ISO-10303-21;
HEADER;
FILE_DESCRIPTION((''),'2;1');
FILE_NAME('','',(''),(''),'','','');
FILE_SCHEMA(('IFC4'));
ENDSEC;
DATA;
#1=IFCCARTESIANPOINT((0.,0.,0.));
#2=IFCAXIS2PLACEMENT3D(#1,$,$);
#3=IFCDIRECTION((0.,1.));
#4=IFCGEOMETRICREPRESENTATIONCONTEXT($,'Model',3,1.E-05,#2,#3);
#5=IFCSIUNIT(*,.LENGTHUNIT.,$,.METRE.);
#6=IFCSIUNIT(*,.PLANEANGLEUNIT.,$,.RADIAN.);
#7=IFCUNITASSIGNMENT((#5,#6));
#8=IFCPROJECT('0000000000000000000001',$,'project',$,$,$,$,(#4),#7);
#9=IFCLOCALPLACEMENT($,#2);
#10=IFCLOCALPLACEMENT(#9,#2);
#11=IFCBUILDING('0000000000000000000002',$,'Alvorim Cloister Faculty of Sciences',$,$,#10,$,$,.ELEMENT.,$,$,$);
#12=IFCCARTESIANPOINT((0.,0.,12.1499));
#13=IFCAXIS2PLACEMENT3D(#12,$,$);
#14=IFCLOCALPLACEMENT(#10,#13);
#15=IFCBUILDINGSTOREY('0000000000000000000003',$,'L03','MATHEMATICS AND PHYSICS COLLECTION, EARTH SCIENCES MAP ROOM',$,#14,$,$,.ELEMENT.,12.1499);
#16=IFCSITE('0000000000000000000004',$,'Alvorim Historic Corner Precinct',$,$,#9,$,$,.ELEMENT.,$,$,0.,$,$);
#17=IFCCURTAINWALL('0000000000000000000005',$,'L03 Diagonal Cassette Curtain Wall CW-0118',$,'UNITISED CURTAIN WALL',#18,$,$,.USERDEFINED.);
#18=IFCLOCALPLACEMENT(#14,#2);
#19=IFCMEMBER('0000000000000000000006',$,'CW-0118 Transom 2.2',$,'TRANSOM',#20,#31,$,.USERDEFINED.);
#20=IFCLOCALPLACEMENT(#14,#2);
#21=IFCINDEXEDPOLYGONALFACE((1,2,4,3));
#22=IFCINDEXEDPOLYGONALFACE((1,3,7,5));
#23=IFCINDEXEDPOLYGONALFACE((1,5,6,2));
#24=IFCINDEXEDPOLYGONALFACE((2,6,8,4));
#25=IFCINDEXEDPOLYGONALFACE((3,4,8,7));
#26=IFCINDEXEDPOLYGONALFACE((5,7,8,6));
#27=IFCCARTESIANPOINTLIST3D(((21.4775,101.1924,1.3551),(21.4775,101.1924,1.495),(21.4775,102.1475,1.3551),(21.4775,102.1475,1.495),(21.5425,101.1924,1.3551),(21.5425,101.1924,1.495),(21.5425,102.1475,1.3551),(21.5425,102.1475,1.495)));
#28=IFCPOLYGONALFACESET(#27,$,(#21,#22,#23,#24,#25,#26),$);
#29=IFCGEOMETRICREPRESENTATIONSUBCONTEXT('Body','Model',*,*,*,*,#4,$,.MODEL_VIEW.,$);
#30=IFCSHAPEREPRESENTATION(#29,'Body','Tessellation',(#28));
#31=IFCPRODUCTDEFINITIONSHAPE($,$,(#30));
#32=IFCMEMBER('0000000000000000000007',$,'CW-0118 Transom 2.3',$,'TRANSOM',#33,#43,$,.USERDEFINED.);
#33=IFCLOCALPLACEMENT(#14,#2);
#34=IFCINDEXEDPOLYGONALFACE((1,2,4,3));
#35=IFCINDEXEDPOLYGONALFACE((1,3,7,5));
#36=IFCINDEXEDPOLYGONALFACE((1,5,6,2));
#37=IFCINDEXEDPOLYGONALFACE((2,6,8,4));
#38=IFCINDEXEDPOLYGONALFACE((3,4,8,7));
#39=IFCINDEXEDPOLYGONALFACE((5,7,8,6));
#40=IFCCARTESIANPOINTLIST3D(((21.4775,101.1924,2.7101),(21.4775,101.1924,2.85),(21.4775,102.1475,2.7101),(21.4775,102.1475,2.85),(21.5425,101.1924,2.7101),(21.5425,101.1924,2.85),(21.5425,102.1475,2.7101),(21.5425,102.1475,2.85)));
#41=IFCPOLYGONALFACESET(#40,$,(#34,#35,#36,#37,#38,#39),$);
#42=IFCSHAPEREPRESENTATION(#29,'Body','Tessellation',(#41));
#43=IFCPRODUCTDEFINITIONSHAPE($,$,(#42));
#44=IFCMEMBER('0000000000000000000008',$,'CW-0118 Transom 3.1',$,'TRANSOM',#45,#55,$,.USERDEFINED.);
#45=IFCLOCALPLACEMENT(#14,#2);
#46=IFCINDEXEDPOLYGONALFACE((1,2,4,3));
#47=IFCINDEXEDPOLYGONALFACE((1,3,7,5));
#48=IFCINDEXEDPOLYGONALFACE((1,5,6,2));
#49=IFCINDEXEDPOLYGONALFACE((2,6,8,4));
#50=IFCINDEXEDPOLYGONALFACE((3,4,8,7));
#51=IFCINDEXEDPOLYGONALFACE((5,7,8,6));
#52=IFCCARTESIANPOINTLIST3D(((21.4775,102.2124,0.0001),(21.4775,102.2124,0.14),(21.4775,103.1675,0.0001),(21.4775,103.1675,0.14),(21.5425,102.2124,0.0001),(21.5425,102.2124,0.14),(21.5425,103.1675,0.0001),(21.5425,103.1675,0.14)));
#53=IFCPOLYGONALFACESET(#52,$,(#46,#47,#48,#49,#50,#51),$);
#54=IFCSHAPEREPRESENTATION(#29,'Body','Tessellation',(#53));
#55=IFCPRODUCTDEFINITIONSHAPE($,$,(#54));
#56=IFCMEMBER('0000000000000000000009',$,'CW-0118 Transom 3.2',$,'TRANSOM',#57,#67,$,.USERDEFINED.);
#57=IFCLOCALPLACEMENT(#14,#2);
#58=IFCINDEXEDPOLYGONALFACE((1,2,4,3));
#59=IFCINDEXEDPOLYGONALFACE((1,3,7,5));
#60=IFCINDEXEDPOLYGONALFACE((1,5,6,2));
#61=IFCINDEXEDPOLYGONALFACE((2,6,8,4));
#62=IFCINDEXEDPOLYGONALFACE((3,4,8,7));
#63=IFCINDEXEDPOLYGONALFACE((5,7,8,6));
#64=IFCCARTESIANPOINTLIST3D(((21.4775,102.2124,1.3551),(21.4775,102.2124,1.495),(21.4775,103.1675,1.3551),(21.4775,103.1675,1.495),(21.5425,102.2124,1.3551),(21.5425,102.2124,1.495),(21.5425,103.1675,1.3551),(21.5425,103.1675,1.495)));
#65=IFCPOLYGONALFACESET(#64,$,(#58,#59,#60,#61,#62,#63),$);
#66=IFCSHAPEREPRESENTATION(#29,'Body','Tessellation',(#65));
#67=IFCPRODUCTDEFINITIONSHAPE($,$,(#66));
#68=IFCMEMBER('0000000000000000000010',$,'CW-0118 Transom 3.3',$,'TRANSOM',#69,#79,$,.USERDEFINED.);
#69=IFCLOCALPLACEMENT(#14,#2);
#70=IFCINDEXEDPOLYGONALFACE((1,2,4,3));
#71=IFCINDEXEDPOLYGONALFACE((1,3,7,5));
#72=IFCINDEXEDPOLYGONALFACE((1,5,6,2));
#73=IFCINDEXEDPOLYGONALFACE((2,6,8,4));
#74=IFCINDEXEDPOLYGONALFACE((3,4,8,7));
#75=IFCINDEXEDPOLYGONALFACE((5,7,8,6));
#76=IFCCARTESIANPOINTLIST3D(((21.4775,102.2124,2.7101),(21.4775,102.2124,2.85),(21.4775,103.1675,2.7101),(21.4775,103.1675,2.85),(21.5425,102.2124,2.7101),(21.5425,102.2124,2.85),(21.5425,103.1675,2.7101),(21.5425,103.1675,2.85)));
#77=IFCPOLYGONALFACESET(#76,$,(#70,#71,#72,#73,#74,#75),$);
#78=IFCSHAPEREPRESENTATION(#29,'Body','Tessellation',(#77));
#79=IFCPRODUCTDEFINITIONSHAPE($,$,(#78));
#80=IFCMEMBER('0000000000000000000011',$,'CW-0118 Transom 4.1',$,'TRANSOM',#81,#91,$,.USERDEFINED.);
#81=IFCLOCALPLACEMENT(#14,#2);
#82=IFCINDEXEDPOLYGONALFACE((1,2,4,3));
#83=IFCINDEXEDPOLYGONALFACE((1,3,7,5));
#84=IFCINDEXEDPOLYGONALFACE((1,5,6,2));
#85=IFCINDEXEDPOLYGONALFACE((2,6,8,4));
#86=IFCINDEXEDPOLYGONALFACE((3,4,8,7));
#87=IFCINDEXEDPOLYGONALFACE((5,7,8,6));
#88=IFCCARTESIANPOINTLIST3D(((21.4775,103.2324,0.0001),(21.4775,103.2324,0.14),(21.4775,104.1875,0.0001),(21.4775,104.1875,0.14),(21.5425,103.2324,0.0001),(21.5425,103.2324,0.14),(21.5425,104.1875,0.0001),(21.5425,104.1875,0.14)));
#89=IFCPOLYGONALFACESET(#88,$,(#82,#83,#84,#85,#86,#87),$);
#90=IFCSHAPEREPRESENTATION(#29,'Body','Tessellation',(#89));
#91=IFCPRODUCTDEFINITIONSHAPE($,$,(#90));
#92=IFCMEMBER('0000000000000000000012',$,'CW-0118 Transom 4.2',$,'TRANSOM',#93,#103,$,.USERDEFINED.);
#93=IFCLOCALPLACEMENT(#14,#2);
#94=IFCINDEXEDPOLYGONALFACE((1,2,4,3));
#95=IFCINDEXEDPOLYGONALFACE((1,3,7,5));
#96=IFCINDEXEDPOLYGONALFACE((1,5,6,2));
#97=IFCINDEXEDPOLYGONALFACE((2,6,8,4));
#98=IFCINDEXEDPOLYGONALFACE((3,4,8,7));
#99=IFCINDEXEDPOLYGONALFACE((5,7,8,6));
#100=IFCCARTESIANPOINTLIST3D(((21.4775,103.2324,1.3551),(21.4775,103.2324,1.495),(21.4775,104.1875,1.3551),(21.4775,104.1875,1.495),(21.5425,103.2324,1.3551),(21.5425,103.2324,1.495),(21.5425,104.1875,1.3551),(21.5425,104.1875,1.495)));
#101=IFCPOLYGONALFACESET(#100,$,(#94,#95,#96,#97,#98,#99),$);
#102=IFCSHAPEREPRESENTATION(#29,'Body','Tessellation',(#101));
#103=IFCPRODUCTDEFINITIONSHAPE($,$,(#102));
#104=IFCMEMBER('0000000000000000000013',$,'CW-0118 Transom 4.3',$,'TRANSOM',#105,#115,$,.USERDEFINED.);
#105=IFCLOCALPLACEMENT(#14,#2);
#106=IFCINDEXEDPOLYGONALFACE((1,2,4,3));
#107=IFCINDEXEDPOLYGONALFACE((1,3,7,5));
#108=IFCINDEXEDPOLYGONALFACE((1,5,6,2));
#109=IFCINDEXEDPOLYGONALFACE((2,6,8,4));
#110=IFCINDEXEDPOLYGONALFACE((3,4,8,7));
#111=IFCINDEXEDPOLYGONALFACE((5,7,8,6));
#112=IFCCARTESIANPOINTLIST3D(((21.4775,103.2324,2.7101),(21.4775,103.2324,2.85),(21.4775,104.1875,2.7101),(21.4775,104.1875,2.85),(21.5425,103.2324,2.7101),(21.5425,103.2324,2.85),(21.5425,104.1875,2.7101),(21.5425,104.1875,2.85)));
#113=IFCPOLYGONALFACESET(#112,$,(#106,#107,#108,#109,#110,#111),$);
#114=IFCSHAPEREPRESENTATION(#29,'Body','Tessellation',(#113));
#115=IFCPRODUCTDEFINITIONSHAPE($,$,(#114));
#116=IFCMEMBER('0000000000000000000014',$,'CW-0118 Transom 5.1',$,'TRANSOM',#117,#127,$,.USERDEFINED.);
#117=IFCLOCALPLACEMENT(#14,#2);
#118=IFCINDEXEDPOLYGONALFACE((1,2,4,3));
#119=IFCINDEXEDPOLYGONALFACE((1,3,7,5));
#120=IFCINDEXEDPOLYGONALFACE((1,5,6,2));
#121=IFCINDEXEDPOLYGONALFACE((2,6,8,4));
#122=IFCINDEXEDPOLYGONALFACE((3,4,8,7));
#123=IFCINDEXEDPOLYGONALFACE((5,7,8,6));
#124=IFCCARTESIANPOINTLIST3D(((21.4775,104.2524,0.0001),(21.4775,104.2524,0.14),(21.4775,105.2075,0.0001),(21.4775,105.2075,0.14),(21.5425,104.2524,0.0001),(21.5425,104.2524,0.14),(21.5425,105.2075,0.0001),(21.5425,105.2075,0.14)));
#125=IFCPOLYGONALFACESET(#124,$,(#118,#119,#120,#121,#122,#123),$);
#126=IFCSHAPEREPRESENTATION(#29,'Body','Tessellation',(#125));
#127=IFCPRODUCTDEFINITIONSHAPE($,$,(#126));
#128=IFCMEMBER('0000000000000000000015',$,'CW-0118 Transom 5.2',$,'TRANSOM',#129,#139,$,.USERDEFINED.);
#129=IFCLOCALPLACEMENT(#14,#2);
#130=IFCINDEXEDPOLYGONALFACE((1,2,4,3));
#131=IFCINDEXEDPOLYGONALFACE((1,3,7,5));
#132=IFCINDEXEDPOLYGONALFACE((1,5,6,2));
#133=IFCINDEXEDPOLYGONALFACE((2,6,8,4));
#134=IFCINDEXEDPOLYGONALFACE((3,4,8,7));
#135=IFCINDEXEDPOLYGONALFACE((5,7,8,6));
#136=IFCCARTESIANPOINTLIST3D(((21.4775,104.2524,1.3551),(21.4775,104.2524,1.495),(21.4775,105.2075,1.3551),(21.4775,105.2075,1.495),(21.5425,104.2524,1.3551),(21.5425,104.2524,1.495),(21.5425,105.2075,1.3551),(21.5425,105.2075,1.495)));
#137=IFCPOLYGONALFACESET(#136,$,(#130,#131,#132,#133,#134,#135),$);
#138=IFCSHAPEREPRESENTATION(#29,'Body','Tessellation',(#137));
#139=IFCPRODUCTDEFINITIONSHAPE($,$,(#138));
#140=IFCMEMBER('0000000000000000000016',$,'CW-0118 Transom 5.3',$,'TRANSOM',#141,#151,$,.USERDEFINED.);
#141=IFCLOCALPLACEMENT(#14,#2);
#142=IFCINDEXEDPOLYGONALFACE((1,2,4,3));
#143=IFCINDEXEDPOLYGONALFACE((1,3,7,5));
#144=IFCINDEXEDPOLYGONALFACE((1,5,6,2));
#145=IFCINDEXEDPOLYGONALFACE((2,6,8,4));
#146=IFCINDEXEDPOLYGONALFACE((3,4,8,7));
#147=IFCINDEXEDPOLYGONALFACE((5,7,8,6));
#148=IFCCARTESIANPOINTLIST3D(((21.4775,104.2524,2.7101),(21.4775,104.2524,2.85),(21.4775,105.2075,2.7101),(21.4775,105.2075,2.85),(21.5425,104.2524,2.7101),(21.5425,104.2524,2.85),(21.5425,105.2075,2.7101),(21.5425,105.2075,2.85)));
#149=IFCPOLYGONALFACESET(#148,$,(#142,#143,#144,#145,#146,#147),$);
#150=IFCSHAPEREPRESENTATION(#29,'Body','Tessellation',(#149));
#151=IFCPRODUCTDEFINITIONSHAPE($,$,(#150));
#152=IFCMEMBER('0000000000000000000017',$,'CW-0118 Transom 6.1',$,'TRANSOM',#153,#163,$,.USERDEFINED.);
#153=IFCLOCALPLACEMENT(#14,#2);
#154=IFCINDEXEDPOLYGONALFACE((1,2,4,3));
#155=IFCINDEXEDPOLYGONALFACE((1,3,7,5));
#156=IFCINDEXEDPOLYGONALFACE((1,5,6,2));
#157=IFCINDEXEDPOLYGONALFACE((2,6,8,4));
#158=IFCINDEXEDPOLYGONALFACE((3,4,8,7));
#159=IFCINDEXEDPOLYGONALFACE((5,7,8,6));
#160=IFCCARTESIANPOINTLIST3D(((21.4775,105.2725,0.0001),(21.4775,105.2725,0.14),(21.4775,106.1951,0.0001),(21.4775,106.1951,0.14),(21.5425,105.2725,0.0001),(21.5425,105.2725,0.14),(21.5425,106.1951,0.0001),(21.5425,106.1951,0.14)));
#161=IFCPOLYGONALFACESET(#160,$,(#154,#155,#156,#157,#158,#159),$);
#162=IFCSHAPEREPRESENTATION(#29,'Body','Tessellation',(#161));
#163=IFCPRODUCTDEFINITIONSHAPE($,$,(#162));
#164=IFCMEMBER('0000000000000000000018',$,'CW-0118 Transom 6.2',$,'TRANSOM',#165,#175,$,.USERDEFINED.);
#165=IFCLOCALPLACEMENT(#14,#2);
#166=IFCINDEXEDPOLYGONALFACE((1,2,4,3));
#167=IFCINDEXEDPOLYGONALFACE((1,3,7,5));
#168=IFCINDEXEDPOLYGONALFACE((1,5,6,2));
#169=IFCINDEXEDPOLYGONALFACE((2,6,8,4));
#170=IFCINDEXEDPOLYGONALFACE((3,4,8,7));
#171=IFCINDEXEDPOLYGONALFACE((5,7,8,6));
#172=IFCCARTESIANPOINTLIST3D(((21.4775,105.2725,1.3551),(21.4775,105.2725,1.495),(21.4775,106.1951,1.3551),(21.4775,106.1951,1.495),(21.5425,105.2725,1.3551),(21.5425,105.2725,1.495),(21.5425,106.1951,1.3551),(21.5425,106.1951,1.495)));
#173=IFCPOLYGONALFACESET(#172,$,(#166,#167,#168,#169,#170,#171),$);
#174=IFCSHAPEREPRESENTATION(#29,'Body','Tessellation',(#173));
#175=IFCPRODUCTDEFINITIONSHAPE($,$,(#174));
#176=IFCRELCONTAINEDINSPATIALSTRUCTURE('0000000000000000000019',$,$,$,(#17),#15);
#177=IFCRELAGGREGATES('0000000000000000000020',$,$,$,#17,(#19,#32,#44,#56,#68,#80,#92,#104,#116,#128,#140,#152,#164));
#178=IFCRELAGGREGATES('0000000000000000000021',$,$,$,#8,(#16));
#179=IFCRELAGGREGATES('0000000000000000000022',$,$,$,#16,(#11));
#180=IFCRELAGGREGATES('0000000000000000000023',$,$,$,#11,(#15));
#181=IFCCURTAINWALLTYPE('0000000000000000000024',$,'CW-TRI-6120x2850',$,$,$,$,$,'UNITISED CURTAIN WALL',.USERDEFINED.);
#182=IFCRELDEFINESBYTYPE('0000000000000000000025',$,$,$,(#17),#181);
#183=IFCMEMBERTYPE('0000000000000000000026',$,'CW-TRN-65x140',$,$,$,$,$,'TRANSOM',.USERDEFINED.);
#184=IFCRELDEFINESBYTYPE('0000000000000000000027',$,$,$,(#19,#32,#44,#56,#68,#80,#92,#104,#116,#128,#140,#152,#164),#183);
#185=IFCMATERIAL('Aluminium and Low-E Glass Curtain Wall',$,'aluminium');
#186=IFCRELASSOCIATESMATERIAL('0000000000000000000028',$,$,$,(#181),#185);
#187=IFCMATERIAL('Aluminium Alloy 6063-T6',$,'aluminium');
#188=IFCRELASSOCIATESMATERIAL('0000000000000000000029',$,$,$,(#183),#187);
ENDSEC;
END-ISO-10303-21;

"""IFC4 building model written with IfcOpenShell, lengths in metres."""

from ifc_helpers import new_model, si_unit, direction, frame, origin, origin_2d, place, context, subcontext, project, spatial, rectangle, extrude, material, material_profile, profile_set, type_object, element, aggregate, save


model = new_model("IFC4")

# Units and contexts
model_context = context("Model", 3, precision=1e-05, world=origin(), true_north=direction((0.0, 1.0)))
body_context = subcontext(model_context, "Body", "Model", "MODEL_VIEW")
ifc_project = project(units=[si_unit("LENGTHUNIT", "METRE"), si_unit("PLANEANGLEUNIT", "RADIAN")], contexts=[model_context])

# Site, building, storey
site_placement = place(None, origin())
site = spatial("IfcSite", under=ifc_project, at=site_placement, Name="Alvorim Historic Corner Precinct", CompositionType="ELEMENT", RefElevation=0.0)
building_placement = place(site_placement, origin())
building = spatial("IfcBuilding", under=site, at=building_placement, Name="Alvorim Cloister Faculty of Sciences", CompositionType="ELEMENT")
storey_placement = place(building_placement, frame((0.0, 0.0, 12.1499)))
storey = spatial("IfcBuildingStorey", under=building, at=storey_placement, Name="L03", Description="MATHEMATICS AND PHYSICS COLLECTION, EARTH SCIENCES MAP ROOM", CompositionType="ELEMENT", Elevation=12.1499)

# Curtain wall, members
ifc_material_1 = material(Name="Aluminium and Low-E Glass Curtain Wall", Category="aluminium")
curtain_wall_type = type_object("IfcCurtainWallType", Name="CW-TRI-6120x2850", ElementType="UNITISED CURTAIN WALL", PredefinedType="USERDEFINED", material=ifc_material_1)
curtain_wall_placement = place(storey_placement, origin())
curtain_wall = element("IfcCurtainWall", 1, at=curtain_wall_placement, inside=storey, type_object=curtain_wall_type, Name="L03 Diagonal Cassette Curtain Wall CW-0118", ObjectType="UNITISED CURTAIN WALL", PredefinedType="USERDEFINED")
ifc_material_2 = material(Name="Aluminium Alloy 6063-T6", Category="aluminium")
ifc_material_profile_1 = material_profile(ifc_material_2, rectangle(XDim=0.0649, YDim=0.1399, at=origin_2d()), Name="ALU-TRN-65x140")
ifc_profile_set_1 = profile_set([ifc_material_profile_1], Name="Aluminium Alloy 6063-T6")
member_type_1 = type_object("IfcMemberType", Name="CW-TRN-65x140", ElementType="TRANSOM", PredefinedType="USERDEFINED", material=ifc_profile_set_1)
member_1_placement = place(storey_placement, frame((21.51, 101.1924, 1.425), z_axis=(0.0, 1.0, 0.0), x_axis=(-1.0, 0.0, 0.0)))
member_1 = element("IfcMember", 2, at=member_1_placement, type_object=member_type_1, Name="CW-0118 Transom 2.2", ObjectType="TRANSOM", PredefinedType="USERDEFINED", context=body_context, shape_type="SweptSolid", body=[
    extrude(rectangle(XDim=0.0649, YDim=0.1399, at=origin_2d()), origin(), (0.0, 0.0, 1.0), 0.9551),
])
member_2_placement = place(storey_placement, frame((21.51, 101.1924, 2.78), z_axis=(0.0, 1.0, 0.0), x_axis=(-1.0, 0.0, 0.0)))
member_2 = element("IfcMember", 3, at=member_2_placement, type_object=member_type_1, Name="CW-0118 Transom 2.3", ObjectType="TRANSOM", PredefinedType="USERDEFINED", context=body_context, shape_type="SweptSolid", body=[
    extrude(rectangle(XDim=0.0649, YDim=0.1399, at=origin_2d()), origin(), (0.0, 0.0, 1.0), 0.9551),
])
member_3_placement = place(storey_placement, frame((21.51, 102.2124, 0.0701), z_axis=(0.0, 1.0, 0.0), x_axis=(-1.0, 0.0, 0.0)))
member_3 = element("IfcMember", 4, at=member_3_placement, type_object=member_type_1, Name="CW-0118 Transom 3.1", ObjectType="TRANSOM", PredefinedType="USERDEFINED", context=body_context, shape_type="SweptSolid", body=[
    extrude(rectangle(XDim=0.0649, YDim=0.1399, at=origin_2d()), origin(), (0.0, 0.0, 1.0), 0.9551),
])
member_4_placement = place(storey_placement, frame((21.51, 102.2124, 1.425), z_axis=(0.0, 1.0, 0.0), x_axis=(-1.0, 0.0, 0.0)))
member_4 = element("IfcMember", 5, at=member_4_placement, type_object=member_type_1, Name="CW-0118 Transom 3.2", ObjectType="TRANSOM", PredefinedType="USERDEFINED", context=body_context, shape_type="SweptSolid", body=[
    extrude(rectangle(XDim=0.0649, YDim=0.1399, at=origin_2d()), origin(), (0.0, 0.0, 1.0), 0.9551),
])
member_5_placement = place(storey_placement, frame((21.51, 102.2124, 2.78), z_axis=(0.0, 1.0, 0.0), x_axis=(-1.0, 0.0, 0.0)))
member_5 = element("IfcMember", 6, at=member_5_placement, type_object=member_type_1, Name="CW-0118 Transom 3.3", ObjectType="TRANSOM", PredefinedType="USERDEFINED", context=body_context, shape_type="SweptSolid", body=[
    extrude(rectangle(XDim=0.0649, YDim=0.1399, at=origin_2d()), origin(), (0.0, 0.0, 1.0), 0.9551),
])
member_6_placement = place(storey_placement, frame((21.51, 103.2324, 0.0701), z_axis=(0.0, 1.0, 0.0), x_axis=(-1.0, 0.0, 0.0)))
member_6 = element("IfcMember", 7, at=member_6_placement, type_object=member_type_1, Name="CW-0118 Transom 4.1", ObjectType="TRANSOM", PredefinedType="USERDEFINED", context=body_context, shape_type="SweptSolid", body=[
    extrude(rectangle(XDim=0.0649, YDim=0.1399, at=origin_2d()), origin(), (0.0, 0.0, 1.0), 0.9551),
])
member_7_placement = place(storey_placement, frame((21.51, 103.2324, 1.425), z_axis=(0.0, 1.0, 0.0), x_axis=(-1.0, 0.0, 0.0)))
member_7 = element("IfcMember", 8, at=member_7_placement, type_object=member_type_1, Name="CW-0118 Transom 4.2", ObjectType="TRANSOM", PredefinedType="USERDEFINED", context=body_context, shape_type="SweptSolid", body=[
    extrude(rectangle(XDim=0.0649, YDim=0.1399, at=origin_2d()), origin(), (0.0, 0.0, 1.0), 0.9551),
])
member_8_placement = place(storey_placement, frame((21.51, 103.2324, 2.78), z_axis=(0.0, 1.0, 0.0), x_axis=(-1.0, 0.0, 0.0)))
member_8 = element("IfcMember", 9, at=member_8_placement, type_object=member_type_1, Name="CW-0118 Transom 4.3", ObjectType="TRANSOM", PredefinedType="USERDEFINED", context=body_context, shape_type="SweptSolid", body=[
    extrude(rectangle(XDim=0.0649, YDim=0.1399, at=origin_2d()), origin(), (0.0, 0.0, 1.0), 0.9551),
])
member_9_placement = place(storey_placement, frame((21.51, 104.2524, 0.0701), z_axis=(0.0, 1.0, 0.0), x_axis=(-1.0, 0.0, 0.0)))
member_9 = element("IfcMember", 10, at=member_9_placement, type_object=member_type_1, Name="CW-0118 Transom 5.1", ObjectType="TRANSOM", PredefinedType="USERDEFINED", context=body_context, shape_type="SweptSolid", body=[
    extrude(rectangle(XDim=0.0649, YDim=0.1399, at=origin_2d()), origin(), (0.0, 0.0, 1.0), 0.9551),
])
member_10_placement = place(storey_placement, frame((21.51, 104.2524, 1.425), z_axis=(0.0, 1.0, 0.0), x_axis=(-1.0, 0.0, 0.0)))
member_10 = element("IfcMember", 11, at=member_10_placement, type_object=member_type_1, Name="CW-0118 Transom 5.2", ObjectType="TRANSOM", PredefinedType="USERDEFINED", context=body_context, shape_type="SweptSolid", body=[
    extrude(rectangle(XDim=0.0649, YDim=0.1399, at=origin_2d()), origin(), (0.0, 0.0, 1.0), 0.9551),
])
member_11_placement = place(storey_placement, frame((21.51, 104.2524, 2.78), z_axis=(0.0, 1.0, 0.0), x_axis=(-1.0, 0.0, 0.0)))
member_11 = element("IfcMember", 12, at=member_11_placement, type_object=member_type_1, Name="CW-0118 Transom 5.3", ObjectType="TRANSOM", PredefinedType="USERDEFINED", context=body_context, shape_type="SweptSolid", body=[
    extrude(rectangle(XDim=0.0649, YDim=0.1399, at=origin_2d()), origin(), (0.0, 0.0, 1.0), 0.9551),
])
member_12_placement = place(storey_placement, frame((21.51, 105.2725, 0.0701), z_axis=(0.0, 1.0, 0.0), x_axis=(-1.0, 0.0, 0.0)))
member_12 = element("IfcMember", 13, at=member_12_placement, type_object=member_type_1, Name="CW-0118 Transom 6.1", ObjectType="TRANSOM", PredefinedType="USERDEFINED", context=body_context, shape_type="SweptSolid", body=[
    extrude(rectangle(XDim=0.0649, YDim=0.1399, at=origin_2d()), origin(), (0.0, 0.0, 1.0), 0.9226),
])
member_13_placement = place(storey_placement, frame((21.51, 105.2725, 1.425), z_axis=(0.0, 1.0, 0.0), x_axis=(-1.0, 0.0, 0.0)))
member_13 = element("IfcMember", 14, at=member_13_placement, type_object=member_type_1, Name="CW-0118 Transom 6.2", ObjectType="TRANSOM", PredefinedType="USERDEFINED", context=body_context, shape_type="SweptSolid", body=[
    extrude(rectangle(XDim=0.0649, YDim=0.1399, at=origin_2d()), origin(), (0.0, 0.0, 1.0), 0.9226),
])
aggregate(curtain_wall, [member_1, member_2, member_3, member_4, member_5, member_6, member_7, member_8, member_9, member_10, member_11, member_12, member_13])

save(model, "model.ifc")
